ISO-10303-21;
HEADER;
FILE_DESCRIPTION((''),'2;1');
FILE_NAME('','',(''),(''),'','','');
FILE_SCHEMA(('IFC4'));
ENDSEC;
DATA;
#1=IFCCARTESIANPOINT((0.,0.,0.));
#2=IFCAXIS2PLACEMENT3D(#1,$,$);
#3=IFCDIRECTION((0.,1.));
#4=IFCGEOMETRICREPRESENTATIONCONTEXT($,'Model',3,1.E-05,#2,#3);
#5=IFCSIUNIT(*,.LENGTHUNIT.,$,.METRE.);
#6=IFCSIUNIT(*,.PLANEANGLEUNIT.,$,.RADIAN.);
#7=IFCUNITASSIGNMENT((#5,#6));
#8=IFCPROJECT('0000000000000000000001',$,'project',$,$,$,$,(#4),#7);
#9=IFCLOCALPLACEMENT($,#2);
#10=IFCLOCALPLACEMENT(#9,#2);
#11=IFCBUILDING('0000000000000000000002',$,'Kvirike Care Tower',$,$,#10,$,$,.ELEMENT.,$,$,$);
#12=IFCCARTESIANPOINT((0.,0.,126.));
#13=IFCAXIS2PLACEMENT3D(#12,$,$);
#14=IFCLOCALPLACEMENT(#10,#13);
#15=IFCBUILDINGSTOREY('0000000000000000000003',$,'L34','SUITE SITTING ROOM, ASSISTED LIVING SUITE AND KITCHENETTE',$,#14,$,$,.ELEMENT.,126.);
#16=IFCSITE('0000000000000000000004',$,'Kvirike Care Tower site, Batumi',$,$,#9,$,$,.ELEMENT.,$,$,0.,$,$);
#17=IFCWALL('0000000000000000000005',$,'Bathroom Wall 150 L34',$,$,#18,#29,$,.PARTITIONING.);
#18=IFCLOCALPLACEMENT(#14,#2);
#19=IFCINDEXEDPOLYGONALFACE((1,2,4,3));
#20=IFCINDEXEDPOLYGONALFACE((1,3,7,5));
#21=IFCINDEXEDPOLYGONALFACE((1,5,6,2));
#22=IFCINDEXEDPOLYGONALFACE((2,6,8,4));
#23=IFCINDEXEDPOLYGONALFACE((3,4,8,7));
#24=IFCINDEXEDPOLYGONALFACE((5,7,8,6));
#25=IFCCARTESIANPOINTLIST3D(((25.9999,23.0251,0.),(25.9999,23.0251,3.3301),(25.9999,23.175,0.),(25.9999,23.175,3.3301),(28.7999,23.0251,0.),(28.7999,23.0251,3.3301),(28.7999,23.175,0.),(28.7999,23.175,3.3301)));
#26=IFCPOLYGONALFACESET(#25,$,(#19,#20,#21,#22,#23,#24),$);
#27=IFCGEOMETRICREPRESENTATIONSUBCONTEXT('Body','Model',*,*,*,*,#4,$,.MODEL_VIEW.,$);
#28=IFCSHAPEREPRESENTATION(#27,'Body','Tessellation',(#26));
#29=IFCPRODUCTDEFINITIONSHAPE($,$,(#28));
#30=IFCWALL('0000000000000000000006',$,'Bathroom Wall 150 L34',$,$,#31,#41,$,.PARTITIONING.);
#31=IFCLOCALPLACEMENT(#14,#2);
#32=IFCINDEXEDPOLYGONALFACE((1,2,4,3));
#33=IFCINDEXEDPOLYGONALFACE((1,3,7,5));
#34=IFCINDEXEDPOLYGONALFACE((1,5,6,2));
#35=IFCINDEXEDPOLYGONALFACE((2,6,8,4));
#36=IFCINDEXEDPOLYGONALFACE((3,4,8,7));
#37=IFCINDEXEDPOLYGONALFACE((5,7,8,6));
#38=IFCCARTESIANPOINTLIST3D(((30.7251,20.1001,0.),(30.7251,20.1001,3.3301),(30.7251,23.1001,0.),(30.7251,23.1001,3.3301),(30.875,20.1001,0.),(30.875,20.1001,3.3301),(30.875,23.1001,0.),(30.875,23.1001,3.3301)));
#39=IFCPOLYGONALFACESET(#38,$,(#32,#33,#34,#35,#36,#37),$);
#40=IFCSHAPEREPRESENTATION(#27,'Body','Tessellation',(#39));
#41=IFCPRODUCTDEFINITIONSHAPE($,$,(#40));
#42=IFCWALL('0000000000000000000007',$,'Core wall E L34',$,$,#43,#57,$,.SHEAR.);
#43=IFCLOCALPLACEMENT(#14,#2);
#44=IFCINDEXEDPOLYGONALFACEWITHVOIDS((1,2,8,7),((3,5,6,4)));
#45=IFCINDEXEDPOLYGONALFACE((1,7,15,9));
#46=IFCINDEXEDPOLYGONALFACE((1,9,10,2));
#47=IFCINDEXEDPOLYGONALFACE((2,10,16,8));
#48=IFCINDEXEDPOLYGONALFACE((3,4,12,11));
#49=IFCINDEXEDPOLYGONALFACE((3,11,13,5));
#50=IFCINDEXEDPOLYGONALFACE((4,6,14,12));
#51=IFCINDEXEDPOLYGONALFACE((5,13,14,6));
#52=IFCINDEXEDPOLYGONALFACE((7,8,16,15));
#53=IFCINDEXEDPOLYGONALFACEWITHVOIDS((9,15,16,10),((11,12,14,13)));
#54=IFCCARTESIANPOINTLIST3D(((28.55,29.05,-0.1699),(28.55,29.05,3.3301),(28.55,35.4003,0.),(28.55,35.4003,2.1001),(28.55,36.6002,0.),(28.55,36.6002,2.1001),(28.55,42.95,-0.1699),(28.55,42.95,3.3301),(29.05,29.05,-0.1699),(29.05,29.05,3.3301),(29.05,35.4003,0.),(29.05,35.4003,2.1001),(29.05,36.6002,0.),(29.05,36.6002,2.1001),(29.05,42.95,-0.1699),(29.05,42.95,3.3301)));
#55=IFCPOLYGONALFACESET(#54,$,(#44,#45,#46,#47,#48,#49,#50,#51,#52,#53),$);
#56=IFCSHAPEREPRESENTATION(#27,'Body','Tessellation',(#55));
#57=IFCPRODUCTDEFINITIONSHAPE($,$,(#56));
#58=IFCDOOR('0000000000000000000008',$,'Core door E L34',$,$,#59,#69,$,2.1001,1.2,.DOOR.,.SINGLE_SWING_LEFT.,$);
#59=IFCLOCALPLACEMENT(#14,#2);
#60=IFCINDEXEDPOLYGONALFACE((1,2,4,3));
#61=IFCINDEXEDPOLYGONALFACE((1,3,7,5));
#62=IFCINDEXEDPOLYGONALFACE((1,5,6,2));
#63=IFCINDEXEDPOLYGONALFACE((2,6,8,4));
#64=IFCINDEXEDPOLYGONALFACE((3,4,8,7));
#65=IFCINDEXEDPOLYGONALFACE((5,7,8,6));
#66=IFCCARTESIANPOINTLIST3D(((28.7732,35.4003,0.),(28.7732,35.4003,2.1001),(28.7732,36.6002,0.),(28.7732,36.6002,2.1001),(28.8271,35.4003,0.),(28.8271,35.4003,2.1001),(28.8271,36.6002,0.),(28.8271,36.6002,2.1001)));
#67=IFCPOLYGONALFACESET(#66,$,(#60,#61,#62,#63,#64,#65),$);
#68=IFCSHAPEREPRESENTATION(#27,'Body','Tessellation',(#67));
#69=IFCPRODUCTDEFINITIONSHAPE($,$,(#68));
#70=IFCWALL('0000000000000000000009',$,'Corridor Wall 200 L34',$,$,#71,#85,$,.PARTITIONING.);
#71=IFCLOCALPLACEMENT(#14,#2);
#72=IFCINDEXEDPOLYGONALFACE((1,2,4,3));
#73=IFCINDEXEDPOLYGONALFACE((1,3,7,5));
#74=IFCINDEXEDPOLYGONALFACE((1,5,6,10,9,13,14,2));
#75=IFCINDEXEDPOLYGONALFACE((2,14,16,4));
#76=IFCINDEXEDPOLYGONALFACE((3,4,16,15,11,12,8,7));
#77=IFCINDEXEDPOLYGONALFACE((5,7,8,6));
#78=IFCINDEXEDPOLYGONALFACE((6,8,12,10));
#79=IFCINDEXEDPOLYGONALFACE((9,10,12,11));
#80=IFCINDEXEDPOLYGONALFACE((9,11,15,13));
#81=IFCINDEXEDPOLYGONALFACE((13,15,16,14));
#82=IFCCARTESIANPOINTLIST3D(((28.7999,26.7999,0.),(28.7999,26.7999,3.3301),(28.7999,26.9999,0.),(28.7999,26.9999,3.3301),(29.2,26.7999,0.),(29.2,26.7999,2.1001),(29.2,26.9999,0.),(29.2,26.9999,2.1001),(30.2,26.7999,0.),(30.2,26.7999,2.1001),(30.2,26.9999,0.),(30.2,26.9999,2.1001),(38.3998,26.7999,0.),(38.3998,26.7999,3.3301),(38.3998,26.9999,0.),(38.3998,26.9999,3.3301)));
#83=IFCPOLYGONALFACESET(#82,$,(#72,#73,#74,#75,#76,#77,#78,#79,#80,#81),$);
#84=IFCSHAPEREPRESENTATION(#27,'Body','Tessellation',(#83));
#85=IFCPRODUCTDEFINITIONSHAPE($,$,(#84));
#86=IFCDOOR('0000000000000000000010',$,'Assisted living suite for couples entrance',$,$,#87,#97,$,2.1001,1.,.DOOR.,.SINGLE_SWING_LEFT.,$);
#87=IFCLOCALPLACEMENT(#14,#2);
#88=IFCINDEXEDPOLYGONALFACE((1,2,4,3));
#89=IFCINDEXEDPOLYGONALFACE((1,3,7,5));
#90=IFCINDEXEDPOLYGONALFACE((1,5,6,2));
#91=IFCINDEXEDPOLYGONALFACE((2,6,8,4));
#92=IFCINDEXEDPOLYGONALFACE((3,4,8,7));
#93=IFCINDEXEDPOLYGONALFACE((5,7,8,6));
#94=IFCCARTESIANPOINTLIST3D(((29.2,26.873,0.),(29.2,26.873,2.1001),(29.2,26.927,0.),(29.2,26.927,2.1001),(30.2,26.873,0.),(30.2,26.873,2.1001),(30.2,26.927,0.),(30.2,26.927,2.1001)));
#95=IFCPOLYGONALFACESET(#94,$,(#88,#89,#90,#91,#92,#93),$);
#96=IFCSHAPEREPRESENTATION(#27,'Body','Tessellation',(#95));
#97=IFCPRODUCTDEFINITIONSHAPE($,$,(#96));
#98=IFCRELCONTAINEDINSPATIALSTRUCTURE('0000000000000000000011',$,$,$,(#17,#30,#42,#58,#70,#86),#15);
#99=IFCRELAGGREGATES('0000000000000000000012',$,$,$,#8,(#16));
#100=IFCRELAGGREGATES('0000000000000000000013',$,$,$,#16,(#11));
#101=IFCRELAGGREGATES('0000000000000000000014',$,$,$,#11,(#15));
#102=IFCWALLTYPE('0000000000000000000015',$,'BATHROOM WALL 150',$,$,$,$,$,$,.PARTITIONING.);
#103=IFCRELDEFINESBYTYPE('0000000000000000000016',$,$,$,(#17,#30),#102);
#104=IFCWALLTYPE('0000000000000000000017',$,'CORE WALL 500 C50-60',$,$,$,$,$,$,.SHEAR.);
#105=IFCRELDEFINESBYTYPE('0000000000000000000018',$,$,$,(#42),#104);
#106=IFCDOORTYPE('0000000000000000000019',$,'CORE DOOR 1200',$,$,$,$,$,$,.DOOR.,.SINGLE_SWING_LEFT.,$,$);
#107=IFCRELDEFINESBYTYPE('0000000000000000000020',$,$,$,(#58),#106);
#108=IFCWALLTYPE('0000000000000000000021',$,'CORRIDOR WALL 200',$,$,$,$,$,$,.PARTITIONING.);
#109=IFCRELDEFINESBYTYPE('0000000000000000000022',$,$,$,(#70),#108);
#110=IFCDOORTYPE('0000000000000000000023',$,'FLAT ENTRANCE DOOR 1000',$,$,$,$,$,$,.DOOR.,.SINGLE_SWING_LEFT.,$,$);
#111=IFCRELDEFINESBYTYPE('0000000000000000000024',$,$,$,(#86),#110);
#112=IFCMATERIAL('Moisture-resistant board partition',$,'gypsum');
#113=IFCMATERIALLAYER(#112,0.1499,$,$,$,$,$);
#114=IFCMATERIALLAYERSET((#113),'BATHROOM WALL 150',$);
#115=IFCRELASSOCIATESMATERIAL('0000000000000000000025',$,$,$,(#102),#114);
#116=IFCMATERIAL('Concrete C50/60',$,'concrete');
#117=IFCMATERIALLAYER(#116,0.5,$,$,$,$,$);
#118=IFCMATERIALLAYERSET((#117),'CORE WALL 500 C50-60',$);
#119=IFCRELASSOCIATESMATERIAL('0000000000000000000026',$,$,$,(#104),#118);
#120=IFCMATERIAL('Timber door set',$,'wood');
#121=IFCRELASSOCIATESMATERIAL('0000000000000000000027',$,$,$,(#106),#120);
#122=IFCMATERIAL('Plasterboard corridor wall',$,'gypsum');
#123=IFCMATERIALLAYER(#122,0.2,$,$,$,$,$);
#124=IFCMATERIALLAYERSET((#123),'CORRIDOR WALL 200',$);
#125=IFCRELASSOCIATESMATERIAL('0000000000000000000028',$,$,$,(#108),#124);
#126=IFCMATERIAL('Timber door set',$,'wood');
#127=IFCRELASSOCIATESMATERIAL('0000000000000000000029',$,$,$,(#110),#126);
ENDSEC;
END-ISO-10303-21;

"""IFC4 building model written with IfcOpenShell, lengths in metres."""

from ifc_helpers import new_model, si_unit, direction, frame, frame_2d, origin, place, context, subcontext, project, spatial, rectangle, extrude, material, layer, layer_set, type_object, element, fill, save


model = new_model("IFC4")

# Units and contexts
model_context = context("Model", 3, precision=1e-05, world=origin(), true_north=direction((0.0, 1.0)))
body_context = subcontext(model_context, "Body", "Model", "MODEL_VIEW")
ifc_project = project(units=[si_unit("LENGTHUNIT", "METRE"), si_unit("PLANEANGLEUNIT", "RADIAN")], contexts=[model_context])

# Site, building, storey
site_placement = place(None, origin())
site = spatial("IfcSite", under=ifc_project, at=site_placement, Name="Kvirike Care Tower site, Batumi", CompositionType="ELEMENT", RefElevation=0.0)
building_placement = place(site_placement, origin())
building = spatial("IfcBuilding", under=site, at=building_placement, Name="Kvirike Care Tower", CompositionType="ELEMENT")
storey_placement = place(building_placement, frame((0.0, 0.0, 126.0)))
storey = spatial("IfcBuildingStorey", under=building, at=storey_placement, Name="L34", Description="SUITE SITTING ROOM, ASSISTED LIVING SUITE AND KITCHENETTE", CompositionType="ELEMENT", Elevation=126.0)

# Shared definitions
ifc_material_1 = material(Name="Moisture-resistant board partition", Category="gypsum")
ifc_layer_1 = layer(ifc_material_1, 0.1499)
ifc_layer_set_1 = layer_set([ifc_layer_1], Name="BATHROOM WALL 150")
wall_type_1 = type_object("IfcWallType", Name="BATHROOM WALL 150", PredefinedType="PARTITIONING", material=ifc_layer_set_1)

# Walls
wall_1_placement = place(storey_placement, frame((26.0, 23.1001, 0.0), z_axis=(0.0, 0.0, 1.0), x_axis=(1.0, 0.0, 0.0)))
element("IfcWall", 1, at=wall_1_placement, inside=storey, type_object=wall_type_1, Name="Bathroom Wall 150 L34", PredefinedType="PARTITIONING", context=body_context, shape_type="SweptSolid", body=[
    extrude(rectangle(XDim=2.8, YDim=0.1499, at=frame_2d((1.3999, 0.0))), origin(), (0.0, 0.0, 1.0), 3.3301),
])
wall_2_placement = place(storey_placement, frame((30.8, 20.1001, 0.0), z_axis=(0.0, 0.0, 1.0), x_axis=(0.0, 1.0, 0.0)))
element("IfcWall", 2, at=wall_2_placement, inside=storey, type_object=wall_type_1, Name="Bathroom Wall 150 L34", PredefinedType="PARTITIONING", context=body_context, shape_type="SweptSolid", body=[
    extrude(rectangle(XDim=3.0, YDim=0.1499, at=frame_2d((1.5, 0.0))), origin(), (0.0, 0.0, 1.0), 3.3301),
])

# Walls, openings, doors
ifc_material_2 = material(Name="Concrete C50/60", Category="concrete")
ifc_layer_2 = layer(ifc_material_2, 0.5)
ifc_layer_set_2 = layer_set([ifc_layer_2], Name="CORE WALL 500 C50-60")
wall_type_2 = type_object("IfcWallType", Name="CORE WALL 500 C50-60", PredefinedType="SHEAR", material=ifc_layer_set_2)
wall_3_placement = place(storey_placement, frame((28.8, 29.05, -0.1699), z_axis=(0.0, 0.0, 1.0), x_axis=(0.0, 1.0, 0.0)))
wall_3 = element("IfcWall", 3, at=wall_3_placement, inside=storey, type_object=wall_type_2, Name="Core wall E L34", PredefinedType="SHEAR", context=body_context, shape_type="SweptSolid", body=[
    extrude(rectangle(XDim=13.8999, YDim=0.5, at=frame_2d((6.95, 0.0))), origin(), (0.0, 0.0, 1.0), 3.5),
])
opening_1_placement = place(wall_3_placement, frame((6.3501, 0.0, 0.1699)))
opening_1 = element("IfcOpeningElement", 4, at=opening_1_placement, cuts=wall_3, PredefinedType="OPENING", context=body_context, shape_type="SweptSolid", body=[
    extrude(rectangle(XDim=1.2, YDim=2.1001, at=frame_2d((0.6001, 1.05))), frame((0.0, 0.2605, 0.0), z_axis=(0.0, -1.0, 0.0), x_axis=(1.0, 0.0, 0.0)), (0.0, 0.0, 1.0), 0.521),
])
ifc_material_3 = material(Name="Timber door set", Category="wood")
door_type_1 = type_object("IfcDoorType", Name="CORE DOOR 1200", OperationType="SINGLE_SWING_LEFT", PredefinedType="DOOR", material=ifc_material_3)
door_1_placement = place(opening_1_placement, origin())
door_1 = element("IfcDoor", 5, at=door_1_placement, inside=storey, type_object=door_type_1, Name="Core door E L34", OperationType="SINGLE_SWING_LEFT", OverallHeight=2.1001, OverallWidth=1.2, PredefinedType="DOOR", context=body_context, shape_type="SweptSolid", body=[
    extrude(rectangle(XDim=1.2, YDim=2.1001, at=frame_2d((0.6001, 1.05))), frame((0.0, 0.0269, 0.0), z_axis=(0.0, -1.0, 0.0), x_axis=(1.0, 0.0, 0.0)), (0.0, 0.0, 1.0), 0.054),
])
fill(opening_1, door_1)
ifc_material_4 = material(Name="Plasterboard corridor wall", Category="gypsum")
ifc_layer_3 = layer(ifc_material_4, 0.2)
ifc_layer_set_3 = layer_set([ifc_layer_3], Name="CORRIDOR WALL 200")
wall_type_3 = type_object("IfcWallType", Name="CORRIDOR WALL 200", PredefinedType="PARTITIONING", material=ifc_layer_set_3)
wall_4_placement = place(storey_placement, frame((28.8, 26.8999, 0.0), z_axis=(0.0, 0.0, 1.0), x_axis=(1.0, 0.0, 0.0)))
wall_4 = element("IfcWall", 6, at=wall_4_placement, inside=storey, type_object=wall_type_3, Name="Corridor Wall 200 L34", PredefinedType="PARTITIONING", context=body_context, shape_type="SweptSolid", body=[
    extrude(rectangle(XDim=9.5999, YDim=0.2, at=frame_2d((4.7998, 0.0))), origin(), (0.0, 0.0, 1.0), 3.3301),
])
opening_2_placement = place(wall_4_placement, frame((0.3999, 0.0, 0.0)))
opening_2 = element("IfcOpeningElement", 7, at=opening_2_placement, cuts=wall_4, PredefinedType="OPENING", context=body_context, shape_type="SweptSolid", body=[
    extrude(rectangle(XDim=1.0, YDim=2.1001, at=frame_2d((0.5, 1.05))), frame((0.0, 0.1106, 0.0), z_axis=(0.0, -1.0, 0.0), x_axis=(1.0, 0.0, 0.0)), (0.0, 0.0, 1.0), 0.2209),
])
ifc_material_5 = material(Name="Timber door set", Category="wood")
door_type_2 = type_object("IfcDoorType", Name="FLAT ENTRANCE DOOR 1000", OperationType="SINGLE_SWING_LEFT", PredefinedType="DOOR", material=ifc_material_5)
door_2_placement = place(opening_2_placement, frame((1.0, 0.0, 0.0), z_axis=(0.0, 0.0, 1.0), x_axis=(-1.0, 0.0, 0.0)))
door_2 = element("IfcDoor", 8, at=door_2_placement, inside=storey, type_object=door_type_2, Name="Assisted living suite for couples entrance", OperationType="SINGLE_SWING_LEFT", OverallHeight=2.1001, OverallWidth=1.0, PredefinedType="DOOR", context=body_context, shape_type="SweptSolid", body=[
    extrude(rectangle(XDim=1.0, YDim=2.1001, at=frame_2d((0.5, 1.05))), frame((0.0, 0.0269, 0.0), z_axis=(0.0, -1.0, 0.0), x_axis=(1.0, 0.0, 0.0)), (0.0, 0.0, 1.0), 0.054),
])
fill(opening_2, door_2)

save(model, "model.ifc")
